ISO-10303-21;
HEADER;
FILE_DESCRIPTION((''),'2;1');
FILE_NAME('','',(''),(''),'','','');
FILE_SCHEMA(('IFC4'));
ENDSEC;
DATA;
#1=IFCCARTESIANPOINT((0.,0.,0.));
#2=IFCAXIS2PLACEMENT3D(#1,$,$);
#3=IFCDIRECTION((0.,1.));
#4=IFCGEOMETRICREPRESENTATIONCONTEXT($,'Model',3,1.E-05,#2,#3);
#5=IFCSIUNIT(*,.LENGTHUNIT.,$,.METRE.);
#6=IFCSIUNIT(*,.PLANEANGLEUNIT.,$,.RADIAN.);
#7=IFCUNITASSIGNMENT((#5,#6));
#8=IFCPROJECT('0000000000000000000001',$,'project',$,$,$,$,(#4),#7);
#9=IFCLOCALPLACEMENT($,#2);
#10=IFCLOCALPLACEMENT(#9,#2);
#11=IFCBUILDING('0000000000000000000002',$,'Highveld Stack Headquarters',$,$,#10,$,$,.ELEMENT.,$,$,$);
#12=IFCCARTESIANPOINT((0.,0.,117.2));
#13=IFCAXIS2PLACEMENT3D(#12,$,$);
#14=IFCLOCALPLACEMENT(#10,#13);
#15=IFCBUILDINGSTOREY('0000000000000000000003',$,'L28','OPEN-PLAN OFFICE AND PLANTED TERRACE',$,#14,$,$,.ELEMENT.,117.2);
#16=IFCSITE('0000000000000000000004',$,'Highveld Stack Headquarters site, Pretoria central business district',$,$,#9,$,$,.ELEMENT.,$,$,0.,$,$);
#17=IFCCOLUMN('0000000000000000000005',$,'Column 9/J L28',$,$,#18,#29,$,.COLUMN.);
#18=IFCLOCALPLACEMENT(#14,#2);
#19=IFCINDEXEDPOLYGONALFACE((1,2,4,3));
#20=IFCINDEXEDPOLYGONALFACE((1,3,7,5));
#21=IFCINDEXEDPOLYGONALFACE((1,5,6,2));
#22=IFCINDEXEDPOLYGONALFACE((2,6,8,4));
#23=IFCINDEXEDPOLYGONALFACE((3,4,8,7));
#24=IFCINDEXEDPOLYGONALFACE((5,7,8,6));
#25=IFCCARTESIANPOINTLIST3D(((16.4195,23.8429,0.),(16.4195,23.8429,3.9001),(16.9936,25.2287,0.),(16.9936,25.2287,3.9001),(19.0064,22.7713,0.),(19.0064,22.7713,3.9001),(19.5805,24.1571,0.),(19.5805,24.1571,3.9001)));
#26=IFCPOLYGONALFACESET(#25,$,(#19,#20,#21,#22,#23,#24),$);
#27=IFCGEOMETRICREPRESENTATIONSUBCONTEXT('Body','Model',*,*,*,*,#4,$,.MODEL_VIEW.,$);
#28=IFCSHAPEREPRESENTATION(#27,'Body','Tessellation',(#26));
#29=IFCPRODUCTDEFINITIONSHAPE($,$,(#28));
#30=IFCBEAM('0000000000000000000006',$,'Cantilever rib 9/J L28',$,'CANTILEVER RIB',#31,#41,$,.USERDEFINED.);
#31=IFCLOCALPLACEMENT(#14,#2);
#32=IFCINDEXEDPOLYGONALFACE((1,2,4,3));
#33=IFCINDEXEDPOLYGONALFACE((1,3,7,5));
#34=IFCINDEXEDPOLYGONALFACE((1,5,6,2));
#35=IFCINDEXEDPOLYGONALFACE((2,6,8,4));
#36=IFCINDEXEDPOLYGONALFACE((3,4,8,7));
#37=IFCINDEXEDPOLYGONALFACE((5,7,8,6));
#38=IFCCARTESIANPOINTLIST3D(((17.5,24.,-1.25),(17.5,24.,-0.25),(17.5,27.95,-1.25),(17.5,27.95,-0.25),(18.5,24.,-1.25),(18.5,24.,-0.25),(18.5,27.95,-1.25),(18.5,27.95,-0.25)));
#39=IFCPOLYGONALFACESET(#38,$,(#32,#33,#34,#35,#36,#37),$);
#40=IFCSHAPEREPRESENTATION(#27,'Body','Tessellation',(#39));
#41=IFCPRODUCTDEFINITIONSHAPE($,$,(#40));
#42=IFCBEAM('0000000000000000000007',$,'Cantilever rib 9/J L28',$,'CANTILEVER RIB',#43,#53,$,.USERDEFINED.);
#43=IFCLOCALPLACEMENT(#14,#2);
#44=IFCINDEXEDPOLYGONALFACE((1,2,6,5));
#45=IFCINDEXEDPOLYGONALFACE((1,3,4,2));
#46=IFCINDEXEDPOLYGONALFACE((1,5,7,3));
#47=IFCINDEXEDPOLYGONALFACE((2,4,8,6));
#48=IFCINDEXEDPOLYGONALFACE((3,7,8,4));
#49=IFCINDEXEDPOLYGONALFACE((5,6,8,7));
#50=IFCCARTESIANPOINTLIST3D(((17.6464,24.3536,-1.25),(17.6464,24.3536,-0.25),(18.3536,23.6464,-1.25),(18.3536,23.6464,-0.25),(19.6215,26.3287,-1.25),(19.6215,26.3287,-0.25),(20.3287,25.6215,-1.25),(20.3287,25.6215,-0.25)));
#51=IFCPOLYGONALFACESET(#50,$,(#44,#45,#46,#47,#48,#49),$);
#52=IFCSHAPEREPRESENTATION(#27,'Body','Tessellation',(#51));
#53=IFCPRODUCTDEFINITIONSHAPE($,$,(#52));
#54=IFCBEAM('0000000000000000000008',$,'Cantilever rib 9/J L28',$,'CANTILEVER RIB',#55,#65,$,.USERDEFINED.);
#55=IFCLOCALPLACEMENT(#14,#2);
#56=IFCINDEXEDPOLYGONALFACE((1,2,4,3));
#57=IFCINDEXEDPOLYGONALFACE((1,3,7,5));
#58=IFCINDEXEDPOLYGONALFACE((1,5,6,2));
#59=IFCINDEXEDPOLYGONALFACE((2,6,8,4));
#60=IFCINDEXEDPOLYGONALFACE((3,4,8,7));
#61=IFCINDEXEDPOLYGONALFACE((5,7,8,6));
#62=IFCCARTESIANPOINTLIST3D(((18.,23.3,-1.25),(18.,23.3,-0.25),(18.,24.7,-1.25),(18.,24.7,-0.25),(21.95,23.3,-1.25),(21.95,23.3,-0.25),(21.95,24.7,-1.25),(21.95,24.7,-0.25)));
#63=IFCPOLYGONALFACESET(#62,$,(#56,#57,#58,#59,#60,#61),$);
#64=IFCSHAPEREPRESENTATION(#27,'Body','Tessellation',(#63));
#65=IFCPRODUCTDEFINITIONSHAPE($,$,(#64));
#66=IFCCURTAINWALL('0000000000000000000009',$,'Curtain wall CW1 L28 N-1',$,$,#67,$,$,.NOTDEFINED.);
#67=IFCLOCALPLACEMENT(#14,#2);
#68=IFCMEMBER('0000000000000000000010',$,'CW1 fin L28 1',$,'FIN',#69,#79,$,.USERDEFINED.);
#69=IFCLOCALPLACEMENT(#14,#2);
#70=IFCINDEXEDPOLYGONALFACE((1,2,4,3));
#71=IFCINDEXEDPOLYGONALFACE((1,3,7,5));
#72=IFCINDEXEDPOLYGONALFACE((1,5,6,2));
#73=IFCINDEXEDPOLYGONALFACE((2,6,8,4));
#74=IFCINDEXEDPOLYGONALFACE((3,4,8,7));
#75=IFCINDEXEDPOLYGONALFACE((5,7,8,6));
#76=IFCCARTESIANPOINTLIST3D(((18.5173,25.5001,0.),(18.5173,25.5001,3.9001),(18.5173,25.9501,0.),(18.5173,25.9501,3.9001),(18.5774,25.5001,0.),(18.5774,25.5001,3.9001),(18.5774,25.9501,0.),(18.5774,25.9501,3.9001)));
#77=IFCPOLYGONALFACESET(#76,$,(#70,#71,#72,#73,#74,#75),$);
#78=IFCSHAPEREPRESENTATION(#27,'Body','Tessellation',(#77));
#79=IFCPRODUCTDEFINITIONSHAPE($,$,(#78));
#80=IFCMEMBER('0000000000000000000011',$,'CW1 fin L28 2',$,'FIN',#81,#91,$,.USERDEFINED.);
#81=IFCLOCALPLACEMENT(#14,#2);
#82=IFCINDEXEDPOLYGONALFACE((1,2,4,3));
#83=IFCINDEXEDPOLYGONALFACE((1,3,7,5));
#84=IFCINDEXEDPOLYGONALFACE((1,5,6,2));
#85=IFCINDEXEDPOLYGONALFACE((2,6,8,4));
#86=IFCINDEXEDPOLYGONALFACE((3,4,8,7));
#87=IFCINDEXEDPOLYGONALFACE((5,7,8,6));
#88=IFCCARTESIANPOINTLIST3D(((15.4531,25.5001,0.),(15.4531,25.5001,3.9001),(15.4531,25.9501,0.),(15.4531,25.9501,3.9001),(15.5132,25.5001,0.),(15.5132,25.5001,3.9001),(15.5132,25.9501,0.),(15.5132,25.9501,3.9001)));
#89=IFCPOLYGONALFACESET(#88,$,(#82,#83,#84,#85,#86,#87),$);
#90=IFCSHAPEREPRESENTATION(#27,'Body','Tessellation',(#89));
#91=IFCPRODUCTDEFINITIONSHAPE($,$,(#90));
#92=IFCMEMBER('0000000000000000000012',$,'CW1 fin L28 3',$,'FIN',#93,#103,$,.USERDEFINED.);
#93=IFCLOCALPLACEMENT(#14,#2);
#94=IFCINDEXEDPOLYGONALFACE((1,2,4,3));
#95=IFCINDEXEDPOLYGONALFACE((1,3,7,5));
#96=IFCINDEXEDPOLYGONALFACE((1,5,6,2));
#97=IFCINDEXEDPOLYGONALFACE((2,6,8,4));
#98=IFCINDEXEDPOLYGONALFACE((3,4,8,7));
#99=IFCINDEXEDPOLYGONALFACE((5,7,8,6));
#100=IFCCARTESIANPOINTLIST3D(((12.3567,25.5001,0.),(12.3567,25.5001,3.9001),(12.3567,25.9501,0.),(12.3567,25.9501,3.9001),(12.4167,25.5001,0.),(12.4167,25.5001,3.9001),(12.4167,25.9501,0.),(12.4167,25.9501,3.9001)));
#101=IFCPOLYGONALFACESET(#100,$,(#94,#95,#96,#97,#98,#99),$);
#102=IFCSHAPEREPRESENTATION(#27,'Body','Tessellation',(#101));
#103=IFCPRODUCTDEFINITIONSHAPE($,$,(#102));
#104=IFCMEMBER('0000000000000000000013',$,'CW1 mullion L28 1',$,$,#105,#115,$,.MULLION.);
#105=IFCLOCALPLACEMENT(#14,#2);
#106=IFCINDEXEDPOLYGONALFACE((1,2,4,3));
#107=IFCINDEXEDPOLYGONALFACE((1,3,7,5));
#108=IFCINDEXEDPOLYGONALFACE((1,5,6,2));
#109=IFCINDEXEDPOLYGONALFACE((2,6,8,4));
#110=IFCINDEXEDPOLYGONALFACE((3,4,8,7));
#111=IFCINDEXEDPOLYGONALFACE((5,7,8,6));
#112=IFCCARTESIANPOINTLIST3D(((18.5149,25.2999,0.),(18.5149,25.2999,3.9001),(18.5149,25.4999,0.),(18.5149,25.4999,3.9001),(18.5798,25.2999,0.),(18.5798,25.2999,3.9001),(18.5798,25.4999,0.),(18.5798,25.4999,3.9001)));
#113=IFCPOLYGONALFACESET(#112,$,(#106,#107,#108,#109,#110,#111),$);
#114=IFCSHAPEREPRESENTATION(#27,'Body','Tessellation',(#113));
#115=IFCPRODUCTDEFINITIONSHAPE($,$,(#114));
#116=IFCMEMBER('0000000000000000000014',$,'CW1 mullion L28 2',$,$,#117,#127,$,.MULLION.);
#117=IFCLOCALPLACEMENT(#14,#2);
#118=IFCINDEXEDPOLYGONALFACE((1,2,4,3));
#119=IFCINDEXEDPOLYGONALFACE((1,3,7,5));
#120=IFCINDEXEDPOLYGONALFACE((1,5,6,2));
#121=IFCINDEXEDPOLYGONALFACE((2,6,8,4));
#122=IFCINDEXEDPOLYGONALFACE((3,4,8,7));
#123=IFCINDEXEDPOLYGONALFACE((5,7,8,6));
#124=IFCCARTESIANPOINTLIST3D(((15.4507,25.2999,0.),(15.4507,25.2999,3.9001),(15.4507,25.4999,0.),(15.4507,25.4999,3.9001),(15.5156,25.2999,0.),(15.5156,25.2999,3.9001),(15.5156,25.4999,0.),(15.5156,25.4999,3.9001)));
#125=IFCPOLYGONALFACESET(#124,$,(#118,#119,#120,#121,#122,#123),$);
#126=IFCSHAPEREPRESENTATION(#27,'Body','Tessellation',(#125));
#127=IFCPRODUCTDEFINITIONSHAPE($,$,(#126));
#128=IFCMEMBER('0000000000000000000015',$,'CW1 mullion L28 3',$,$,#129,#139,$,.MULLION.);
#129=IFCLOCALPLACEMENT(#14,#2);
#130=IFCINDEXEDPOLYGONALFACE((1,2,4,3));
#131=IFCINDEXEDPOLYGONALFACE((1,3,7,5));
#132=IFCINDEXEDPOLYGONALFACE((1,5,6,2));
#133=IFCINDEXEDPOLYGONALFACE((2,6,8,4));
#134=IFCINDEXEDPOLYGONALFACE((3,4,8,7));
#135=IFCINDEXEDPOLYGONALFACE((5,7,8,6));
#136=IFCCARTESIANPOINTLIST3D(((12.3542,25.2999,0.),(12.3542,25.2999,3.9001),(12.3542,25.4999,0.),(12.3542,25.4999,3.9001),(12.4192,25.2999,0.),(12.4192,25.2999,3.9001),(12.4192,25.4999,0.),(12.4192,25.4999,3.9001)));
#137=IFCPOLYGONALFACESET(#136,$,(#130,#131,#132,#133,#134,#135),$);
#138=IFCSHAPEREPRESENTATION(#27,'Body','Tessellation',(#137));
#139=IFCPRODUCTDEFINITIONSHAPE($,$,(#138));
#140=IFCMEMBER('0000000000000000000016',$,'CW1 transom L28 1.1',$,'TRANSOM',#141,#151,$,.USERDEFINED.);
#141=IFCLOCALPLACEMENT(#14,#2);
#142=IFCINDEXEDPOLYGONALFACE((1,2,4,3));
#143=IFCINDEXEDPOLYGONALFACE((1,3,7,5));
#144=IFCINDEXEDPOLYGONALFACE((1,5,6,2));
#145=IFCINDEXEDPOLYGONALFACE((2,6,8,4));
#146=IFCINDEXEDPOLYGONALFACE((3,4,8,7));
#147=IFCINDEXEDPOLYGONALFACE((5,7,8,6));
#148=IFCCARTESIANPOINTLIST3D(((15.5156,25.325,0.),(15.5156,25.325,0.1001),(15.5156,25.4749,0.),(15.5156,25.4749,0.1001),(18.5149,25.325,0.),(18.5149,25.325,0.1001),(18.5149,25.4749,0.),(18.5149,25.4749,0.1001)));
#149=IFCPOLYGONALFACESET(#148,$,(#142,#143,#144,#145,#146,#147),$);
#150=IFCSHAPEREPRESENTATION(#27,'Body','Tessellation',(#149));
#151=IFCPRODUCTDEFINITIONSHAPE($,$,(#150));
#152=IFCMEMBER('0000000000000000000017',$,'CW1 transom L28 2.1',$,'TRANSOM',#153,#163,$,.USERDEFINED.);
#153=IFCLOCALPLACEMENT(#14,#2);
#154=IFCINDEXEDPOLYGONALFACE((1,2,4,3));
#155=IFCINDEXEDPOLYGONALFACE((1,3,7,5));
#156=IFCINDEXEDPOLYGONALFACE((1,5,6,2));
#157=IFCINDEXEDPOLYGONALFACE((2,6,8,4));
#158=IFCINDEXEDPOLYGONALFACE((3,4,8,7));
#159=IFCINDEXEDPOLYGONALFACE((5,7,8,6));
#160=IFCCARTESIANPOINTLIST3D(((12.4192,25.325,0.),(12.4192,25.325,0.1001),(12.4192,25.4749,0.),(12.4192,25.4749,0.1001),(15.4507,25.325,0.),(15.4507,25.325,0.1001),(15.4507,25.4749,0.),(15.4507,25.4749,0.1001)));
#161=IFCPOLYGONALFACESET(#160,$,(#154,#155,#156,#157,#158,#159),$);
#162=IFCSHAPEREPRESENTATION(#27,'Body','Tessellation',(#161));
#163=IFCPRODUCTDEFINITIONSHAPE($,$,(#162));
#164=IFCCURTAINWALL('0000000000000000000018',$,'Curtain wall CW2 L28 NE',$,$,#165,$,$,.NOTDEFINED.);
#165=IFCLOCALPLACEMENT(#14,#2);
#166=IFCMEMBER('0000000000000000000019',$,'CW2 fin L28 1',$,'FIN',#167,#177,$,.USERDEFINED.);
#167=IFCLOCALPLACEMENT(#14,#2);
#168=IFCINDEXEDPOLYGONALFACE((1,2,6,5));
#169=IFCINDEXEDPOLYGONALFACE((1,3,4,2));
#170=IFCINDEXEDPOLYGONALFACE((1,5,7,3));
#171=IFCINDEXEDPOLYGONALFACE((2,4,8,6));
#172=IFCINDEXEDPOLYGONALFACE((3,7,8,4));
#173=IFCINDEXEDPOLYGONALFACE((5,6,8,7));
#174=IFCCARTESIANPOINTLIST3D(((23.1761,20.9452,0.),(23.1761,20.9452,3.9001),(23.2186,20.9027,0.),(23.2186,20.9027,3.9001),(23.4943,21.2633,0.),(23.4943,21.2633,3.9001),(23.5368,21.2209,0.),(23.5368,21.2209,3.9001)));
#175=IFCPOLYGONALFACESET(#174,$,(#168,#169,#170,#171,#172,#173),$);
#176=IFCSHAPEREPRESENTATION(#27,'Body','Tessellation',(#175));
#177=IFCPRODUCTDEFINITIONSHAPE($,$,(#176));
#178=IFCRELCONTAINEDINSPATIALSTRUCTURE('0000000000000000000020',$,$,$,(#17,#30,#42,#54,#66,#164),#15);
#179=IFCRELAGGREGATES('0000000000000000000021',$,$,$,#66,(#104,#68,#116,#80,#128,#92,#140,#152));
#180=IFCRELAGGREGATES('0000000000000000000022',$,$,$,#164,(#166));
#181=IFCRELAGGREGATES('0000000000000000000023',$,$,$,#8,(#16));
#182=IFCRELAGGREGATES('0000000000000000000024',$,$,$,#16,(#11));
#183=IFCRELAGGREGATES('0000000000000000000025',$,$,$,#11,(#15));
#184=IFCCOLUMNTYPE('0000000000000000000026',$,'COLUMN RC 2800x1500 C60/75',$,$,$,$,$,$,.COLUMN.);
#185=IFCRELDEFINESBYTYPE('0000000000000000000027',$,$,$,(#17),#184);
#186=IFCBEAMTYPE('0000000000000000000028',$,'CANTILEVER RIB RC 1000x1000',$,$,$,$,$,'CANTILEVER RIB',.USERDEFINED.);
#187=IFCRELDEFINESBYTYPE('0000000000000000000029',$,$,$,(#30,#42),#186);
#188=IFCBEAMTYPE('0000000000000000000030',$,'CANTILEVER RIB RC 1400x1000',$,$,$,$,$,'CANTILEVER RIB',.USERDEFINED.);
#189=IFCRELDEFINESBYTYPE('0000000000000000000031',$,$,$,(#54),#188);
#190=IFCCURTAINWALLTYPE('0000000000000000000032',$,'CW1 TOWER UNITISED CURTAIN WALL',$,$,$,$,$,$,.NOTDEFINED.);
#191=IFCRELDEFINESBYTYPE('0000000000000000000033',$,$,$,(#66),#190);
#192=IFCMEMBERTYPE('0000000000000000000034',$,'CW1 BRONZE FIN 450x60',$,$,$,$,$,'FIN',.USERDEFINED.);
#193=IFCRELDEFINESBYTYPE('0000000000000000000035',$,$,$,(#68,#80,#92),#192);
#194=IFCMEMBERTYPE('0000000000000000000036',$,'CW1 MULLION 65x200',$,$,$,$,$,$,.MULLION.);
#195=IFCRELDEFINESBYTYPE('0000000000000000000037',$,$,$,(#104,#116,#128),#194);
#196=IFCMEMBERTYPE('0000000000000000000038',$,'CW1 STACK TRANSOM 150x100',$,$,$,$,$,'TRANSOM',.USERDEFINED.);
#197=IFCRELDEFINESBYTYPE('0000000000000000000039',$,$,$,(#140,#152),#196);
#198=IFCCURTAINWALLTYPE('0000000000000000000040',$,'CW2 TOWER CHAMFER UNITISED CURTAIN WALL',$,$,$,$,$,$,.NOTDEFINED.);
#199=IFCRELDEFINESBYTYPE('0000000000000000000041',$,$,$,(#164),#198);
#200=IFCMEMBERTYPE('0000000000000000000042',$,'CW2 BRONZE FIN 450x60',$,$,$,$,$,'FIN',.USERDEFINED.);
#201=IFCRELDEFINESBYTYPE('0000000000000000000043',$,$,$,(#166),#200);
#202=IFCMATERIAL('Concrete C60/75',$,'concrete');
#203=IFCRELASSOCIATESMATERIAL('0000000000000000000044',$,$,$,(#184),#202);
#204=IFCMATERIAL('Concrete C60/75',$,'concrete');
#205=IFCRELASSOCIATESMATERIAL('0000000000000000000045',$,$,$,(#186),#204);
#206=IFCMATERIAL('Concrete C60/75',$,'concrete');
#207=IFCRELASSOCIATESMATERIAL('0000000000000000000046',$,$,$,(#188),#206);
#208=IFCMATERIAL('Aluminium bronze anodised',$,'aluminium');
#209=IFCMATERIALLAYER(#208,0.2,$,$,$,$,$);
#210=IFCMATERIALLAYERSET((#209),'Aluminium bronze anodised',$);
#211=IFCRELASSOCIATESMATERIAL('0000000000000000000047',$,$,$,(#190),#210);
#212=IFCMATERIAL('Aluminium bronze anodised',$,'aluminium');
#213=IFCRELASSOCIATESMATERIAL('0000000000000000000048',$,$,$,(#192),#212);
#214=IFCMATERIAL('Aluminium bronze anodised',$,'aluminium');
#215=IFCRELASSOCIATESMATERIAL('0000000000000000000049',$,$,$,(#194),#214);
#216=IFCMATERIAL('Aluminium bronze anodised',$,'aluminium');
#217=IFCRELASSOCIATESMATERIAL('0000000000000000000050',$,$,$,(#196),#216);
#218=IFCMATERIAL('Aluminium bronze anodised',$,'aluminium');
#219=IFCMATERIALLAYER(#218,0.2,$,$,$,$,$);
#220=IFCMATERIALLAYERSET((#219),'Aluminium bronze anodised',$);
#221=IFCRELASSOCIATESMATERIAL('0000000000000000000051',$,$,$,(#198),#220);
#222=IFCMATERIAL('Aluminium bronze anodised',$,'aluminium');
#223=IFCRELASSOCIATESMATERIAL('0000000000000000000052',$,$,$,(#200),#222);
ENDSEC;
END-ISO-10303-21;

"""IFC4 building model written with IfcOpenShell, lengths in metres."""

from ifc_helpers import new_model, si_unit, direction, frame, origin, origin_2d, place, context, subcontext, project, spatial, rectangle, extrude, material, layer, layer_set, material_profile, profile_set, type_object, element, aggregate, save


model = new_model("IFC4")

# Units and contexts
model_context = context("Model", 3, precision=1e-05, world=origin(), true_north=direction((0.0, 1.0)))
body_context = subcontext(model_context, "Body", "Model", "MODEL_VIEW")
ifc_project = project(units=[si_unit("LENGTHUNIT", "METRE"), si_unit("PLANEANGLEUNIT", "RADIAN")], contexts=[model_context])

# Site, building, storey
site_placement = place(None, origin())
site = spatial("IfcSite", under=ifc_project, at=site_placement, Name="Highveld Stack Headquarters site, Pretoria central business district", CompositionType="ELEMENT", RefElevation=0.0)
building_placement = place(site_placement, origin())
building = spatial("IfcBuilding", under=site, at=building_placement, Name="Highveld Stack Headquarters", CompositionType="ELEMENT")
storey_placement = place(building_placement, frame((0.0, 0.0, 117.2)))
storey = spatial("IfcBuildingStorey", under=building, at=storey_placement, Name="L28", Description="OPEN-PLAN OFFICE AND PLANTED TERRACE", CompositionType="ELEMENT", Elevation=117.2)

# Column
ifc_material_1 = material(Name="Concrete C60/75", Category="concrete")
ifc_material_profile_1 = material_profile(ifc_material_1, rectangle(XDim=2.8, YDim=1.5, at=origin_2d()), Name="RC 2800x1500")
ifc_profile_set_1 = profile_set([ifc_material_profile_1], Name="Concrete C60/75")
column_type = type_object("IfcColumnType", Name="COLUMN RC 2800x1500 C60/75", PredefinedType="COLUMN", material=ifc_profile_set_1)
column_placement = place(storey_placement, frame((18.0, 24.0, 0.0), z_axis=(0.0, 0.0, 1.0), x_axis=(0.92388, -0.382683, 0.0)))
element("IfcColumn", 1, at=column_placement, inside=storey, type_object=column_type, Name="Column 9/J L28", PredefinedType="COLUMN", context=body_context, shape_type="SweptSolid", body=[
    extrude(rectangle(XDim=2.8, YDim=1.5, at=origin_2d()), origin(), (0.0, 0.0, 1.0), 3.9001),
])

# Beams
ifc_material_2 = material(Name="Concrete C60/75", Category="concrete")
ifc_material_profile_2 = material_profile(ifc_material_2, rectangle(XDim=1.0, YDim=1.0, at=origin_2d()), Name="RC 1000x1000")
ifc_profile_set_2 = profile_set([ifc_material_profile_2], Name="Concrete C60/75")
beam_type_1 = type_object("IfcBeamType", Name="CANTILEVER RIB RC 1000x1000", ElementType="CANTILEVER RIB", PredefinedType="USERDEFINED", material=ifc_profile_set_2)
beam_1_placement = place(storey_placement, frame((18.0, 24.0, -0.75), z_axis=(0.0, 1.0, 0.0), x_axis=(-1.0, 0.0, 0.0)))
element("IfcBeam", 2, at=beam_1_placement, inside=storey, type_object=beam_type_1, Name="Cantilever rib 9/J L28", ObjectType="CANTILEVER RIB", PredefinedType="USERDEFINED", context=body_context, shape_type="SweptSolid", body=[
    extrude(rectangle(XDim=1.0, YDim=1.0, at=origin_2d()), origin(), (0.0, 0.0, 1.0), 3.95),
])
beam_2_placement = place(storey_placement, frame((18.0, 24.0, -0.75), z_axis=(0.707107, 0.707107, 0.0), x_axis=(-0.707107, 0.707107, 0.0)))
element("IfcBeam", 3, at=beam_2_placement, inside=storey, type_object=beam_type_1, Name="Cantilever rib 9/J L28", ObjectType="CANTILEVER RIB", PredefinedType="USERDEFINED", context=body_context, shape_type="SweptSolid", body=[
    extrude(rectangle(XDim=1.0, YDim=1.0, at=origin_2d()), origin(), (0.0, 0.0, 1.0), 2.7932),
])
ifc_material_3 = material(Name="Concrete C60/75", Category="concrete")
ifc_material_profile_3 = material_profile(ifc_material_3, rectangle(XDim=1.3999, YDim=1.0, at=origin_2d()), Name="RC 1400x1000")
ifc_profile_set_3 = profile_set([ifc_material_profile_3], Name="Concrete C60/75")
beam_type_2 = type_object("IfcBeamType", Name="CANTILEVER RIB RC 1400x1000", ElementType="CANTILEVER RIB", PredefinedType="USERDEFINED", material=ifc_profile_set_3)
beam_3_placement = place(storey_placement, frame((18.0, 24.0, -0.75), z_axis=(1.0, 0.0, 0.0), x_axis=(0.0, 1.0, 0.0)))
element("IfcBeam", 4, at=beam_3_placement, inside=storey, type_object=beam_type_2, Name="Cantilever rib 9/J L28", ObjectType="CANTILEVER RIB", PredefinedType="USERDEFINED", context=body_context, shape_type="SweptSolid", body=[
    extrude(rectangle(XDim=1.3999, YDim=1.0, at=origin_2d()), origin(), (0.0, 0.0, 1.0), 3.95),
])

# Curtain walls, members
ifc_material_4 = material(Name="Aluminium bronze anodised", Category="aluminium")
ifc_layer_1 = layer(ifc_material_4, 0.2)
ifc_layer_set_1 = layer_set([ifc_layer_1], Name="Aluminium bronze anodised")
curtain_wall_type_1 = type_object("IfcCurtainWallType", Name="CW1 TOWER UNITISED CURTAIN WALL", PredefinedType="NOTDEFINED", material=ifc_layer_set_1)
curtain_wall_1_placement = place(storey_placement, origin())
curtain_wall_1 = element("IfcCurtainWall", 5, at=curtain_wall_1_placement, inside=storey, type_object=curtain_wall_type_1, Name="Curtain wall CW1 L28 N-1", PredefinedType="NOTDEFINED")
ifc_material_5 = material(Name="Aluminium bronze anodised", Category="aluminium")
ifc_material_profile_4 = material_profile(ifc_material_5, rectangle(XDim=0.45, YDim=0.0601, at=origin_2d()), Name="FIN 450x60")
ifc_profile_set_4 = profile_set([ifc_material_profile_4], Name="Aluminium bronze anodised")
member_type_1 = type_object("IfcMemberType", Name="CW1 BRONZE FIN 450x60", ElementType="FIN", PredefinedType="USERDEFINED", material=ifc_profile_set_4)
member_1_placement = place(storey_placement, frame((18.5474, 25.7251, 0.0), z_axis=(0.0, 0.0, 1.0), x_axis=(0.0, -1.0, 0.0)))
member_1 = element("IfcMember", 6, at=member_1_placement, type_object=member_type_1, Name="CW1 fin L28 1", ObjectType="FIN", PredefinedType="USERDEFINED", context=body_context, shape_type="SweptSolid", body=[
    extrude(rectangle(XDim=0.45, YDim=0.0601, at=origin_2d()), origin(), (0.0, 0.0, 1.0), 3.9001),
])
member_2_placement = place(storey_placement, frame((15.4832, 25.7251, 0.0), z_axis=(0.0, 0.0, 1.0), x_axis=(0.0, -1.0, 0.0)))
member_2 = element("IfcMember", 7, at=member_2_placement, type_object=member_type_1, Name="CW1 fin L28 2", ObjectType="FIN", PredefinedType="USERDEFINED", context=body_context, shape_type="SweptSolid", body=[
    extrude(rectangle(XDim=0.45, YDim=0.0601, at=origin_2d()), origin(), (0.0, 0.0, 1.0), 3.9001),
])
member_3_placement = place(storey_placement, frame((12.3867, 25.7251, 0.0), z_axis=(0.0, 0.0, 1.0), x_axis=(0.0, -1.0, 0.0)))
member_3 = element("IfcMember", 8, at=member_3_placement, type_object=member_type_1, Name="CW1 fin L28 3", ObjectType="FIN", PredefinedType="USERDEFINED", context=body_context, shape_type="SweptSolid", body=[
    extrude(rectangle(XDim=0.45, YDim=0.0601, at=origin_2d()), origin(), (0.0, 0.0, 1.0), 3.9001),
])
ifc_material_6 = material(Name="Aluminium bronze anodised", Category="aluminium")
ifc_material_profile_5 = material_profile(ifc_material_6, rectangle(XDim=0.2, YDim=0.0649, at=origin_2d()), Name="CW1 MULLION 65x200")
ifc_profile_set_5 = profile_set([ifc_material_profile_5], Name="Aluminium bronze anodised")
member_type_2 = type_object("IfcMemberType", Name="CW1 MULLION 65x200", PredefinedType="MULLION", material=ifc_profile_set_5)
member_4_placement = place(storey_placement, frame((18.5474, 25.3999, 0.0), z_axis=(0.0, 0.0, 1.0), x_axis=(0.0, -1.0, 0.0)))
member_4 = element("IfcMember", 9, at=member_4_placement, type_object=member_type_2, Name="CW1 mullion L28 1", PredefinedType="MULLION", context=body_context, shape_type="SweptSolid", body=[
    extrude(rectangle(XDim=0.2, YDim=0.0649, at=origin_2d()), origin(), (0.0, 0.0, 1.0), 3.9001),
])
member_5_placement = place(storey_placement, frame((15.4832, 25.3999, 0.0), z_axis=(0.0, 0.0, 1.0), x_axis=(0.0, -1.0, 0.0)))
member_5 = element("IfcMember", 10, at=member_5_placement, type_object=member_type_2, Name="CW1 mullion L28 2", PredefinedType="MULLION", context=body_context, shape_type="SweptSolid", body=[
    extrude(rectangle(XDim=0.2, YDim=0.0649, at=origin_2d()), origin(), (0.0, 0.0, 1.0), 3.9001),
])
member_6_placement = place(storey_placement, frame((12.3867, 25.3999, 0.0), z_axis=(0.0, 0.0, 1.0), x_axis=(0.0, -1.0, 0.0)))
member_6 = element("IfcMember", 11, at=member_6_placement, type_object=member_type_2, Name="CW1 mullion L28 3", PredefinedType="MULLION", context=body_context, shape_type="SweptSolid", body=[
    extrude(rectangle(XDim=0.2, YDim=0.0649, at=origin_2d()), origin(), (0.0, 0.0, 1.0), 3.9001),
])
ifc_material_7 = material(Name="Aluminium bronze anodised", Category="aluminium")
ifc_material_profile_6 = material_profile(ifc_material_7, rectangle(XDim=0.1499, YDim=0.1001, at=origin_2d()), Name="CW1 TRANSOM 150x100")
ifc_profile_set_6 = profile_set([ifc_material_profile_6], Name="Aluminium bronze anodised")
member_type_3 = type_object("IfcMemberType", Name="CW1 STACK TRANSOM 150x100", ElementType="TRANSOM", PredefinedType="USERDEFINED", material=ifc_profile_set_6)
member_7_placement = place(storey_placement, frame((18.5149, 25.3999, 0.05), z_axis=(-1.0, 0.0, 0.0), x_axis=(0.0, -1.0, 0.0)))
member_7 = element("IfcMember", 12, at=member_7_placement, type_object=member_type_3, Name="CW1 transom L28 1.1", ObjectType="TRANSOM", PredefinedType="USERDEFINED", context=body_context, shape_type="SweptSolid", body=[
    extrude(rectangle(XDim=0.1499, YDim=0.1001, at=origin_2d()), origin(), (0.0, 0.0, 1.0), 2.9993),
])
member_8_placement = place(storey_placement, frame((15.4507, 25.3999, 0.05), z_axis=(-1.0, 0.0, 0.0), x_axis=(0.0, -1.0, 0.0)))
member_8 = element("IfcMember", 13, at=member_8_placement, type_object=member_type_3, Name="CW1 transom L28 2.1", ObjectType="TRANSOM", PredefinedType="USERDEFINED", context=body_context, shape_type="SweptSolid", body=[
    extrude(rectangle(XDim=0.1499, YDim=0.1001, at=origin_2d()), origin(), (0.0, 0.0, 1.0), 3.0315),
])
ifc_material_8 = material(Name="Aluminium bronze anodised", Category="aluminium")
ifc_layer_2 = layer(ifc_material_8, 0.2)
ifc_layer_set_2 = layer_set([ifc_layer_2], Name="Aluminium bronze anodised")
curtain_wall_type_2 = type_object("IfcCurtainWallType", Name="CW2 TOWER CHAMFER UNITISED CURTAIN WALL", PredefinedType="NOTDEFINED", material=ifc_layer_set_2)
curtain_wall_2_placement = place(storey_placement, origin())
curtain_wall_2 = element("IfcCurtainWall", 14, at=curtain_wall_2_placement, inside=storey, type_object=curtain_wall_type_2, Name="Curtain wall CW2 L28 NE", PredefinedType="NOTDEFINED")
ifc_material_9 = material(Name="Aluminium bronze anodised", Category="aluminium")
ifc_material_profile_7 = material_profile(ifc_material_9, rectangle(XDim=0.45, YDim=0.0601, at=origin_2d()), Name="FIN 450x60")
ifc_profile_set_7 = profile_set([ifc_material_profile_7], Name="Aluminium bronze anodised")
member_type_4 = type_object("IfcMemberType", Name="CW2 BRONZE FIN 450x60", ElementType="FIN", PredefinedType="USERDEFINED", material=ifc_profile_set_7)
member_9_placement = place(storey_placement, frame((23.3564, 21.083, 0.0), z_axis=(0.0, 0.0, 1.0), x_axis=(-0.707107, -0.707107, 0.0)))
member_9 = element("IfcMember", 15, at=member_9_placement, type_object=member_type_4, Name="CW2 fin L28 1", ObjectType="FIN", PredefinedType="USERDEFINED", context=body_context, shape_type="SweptSolid", body=[
    extrude(rectangle(XDim=0.45, YDim=0.0601, at=origin_2d()), origin(), (0.0, 0.0, 1.0), 3.9001),
])

aggregate(curtain_wall_1, [member_4, member_1, member_5, member_2, member_6, member_3, member_7, member_8])
aggregate(curtain_wall_2, [member_9])

save(model, "model.ifc")
